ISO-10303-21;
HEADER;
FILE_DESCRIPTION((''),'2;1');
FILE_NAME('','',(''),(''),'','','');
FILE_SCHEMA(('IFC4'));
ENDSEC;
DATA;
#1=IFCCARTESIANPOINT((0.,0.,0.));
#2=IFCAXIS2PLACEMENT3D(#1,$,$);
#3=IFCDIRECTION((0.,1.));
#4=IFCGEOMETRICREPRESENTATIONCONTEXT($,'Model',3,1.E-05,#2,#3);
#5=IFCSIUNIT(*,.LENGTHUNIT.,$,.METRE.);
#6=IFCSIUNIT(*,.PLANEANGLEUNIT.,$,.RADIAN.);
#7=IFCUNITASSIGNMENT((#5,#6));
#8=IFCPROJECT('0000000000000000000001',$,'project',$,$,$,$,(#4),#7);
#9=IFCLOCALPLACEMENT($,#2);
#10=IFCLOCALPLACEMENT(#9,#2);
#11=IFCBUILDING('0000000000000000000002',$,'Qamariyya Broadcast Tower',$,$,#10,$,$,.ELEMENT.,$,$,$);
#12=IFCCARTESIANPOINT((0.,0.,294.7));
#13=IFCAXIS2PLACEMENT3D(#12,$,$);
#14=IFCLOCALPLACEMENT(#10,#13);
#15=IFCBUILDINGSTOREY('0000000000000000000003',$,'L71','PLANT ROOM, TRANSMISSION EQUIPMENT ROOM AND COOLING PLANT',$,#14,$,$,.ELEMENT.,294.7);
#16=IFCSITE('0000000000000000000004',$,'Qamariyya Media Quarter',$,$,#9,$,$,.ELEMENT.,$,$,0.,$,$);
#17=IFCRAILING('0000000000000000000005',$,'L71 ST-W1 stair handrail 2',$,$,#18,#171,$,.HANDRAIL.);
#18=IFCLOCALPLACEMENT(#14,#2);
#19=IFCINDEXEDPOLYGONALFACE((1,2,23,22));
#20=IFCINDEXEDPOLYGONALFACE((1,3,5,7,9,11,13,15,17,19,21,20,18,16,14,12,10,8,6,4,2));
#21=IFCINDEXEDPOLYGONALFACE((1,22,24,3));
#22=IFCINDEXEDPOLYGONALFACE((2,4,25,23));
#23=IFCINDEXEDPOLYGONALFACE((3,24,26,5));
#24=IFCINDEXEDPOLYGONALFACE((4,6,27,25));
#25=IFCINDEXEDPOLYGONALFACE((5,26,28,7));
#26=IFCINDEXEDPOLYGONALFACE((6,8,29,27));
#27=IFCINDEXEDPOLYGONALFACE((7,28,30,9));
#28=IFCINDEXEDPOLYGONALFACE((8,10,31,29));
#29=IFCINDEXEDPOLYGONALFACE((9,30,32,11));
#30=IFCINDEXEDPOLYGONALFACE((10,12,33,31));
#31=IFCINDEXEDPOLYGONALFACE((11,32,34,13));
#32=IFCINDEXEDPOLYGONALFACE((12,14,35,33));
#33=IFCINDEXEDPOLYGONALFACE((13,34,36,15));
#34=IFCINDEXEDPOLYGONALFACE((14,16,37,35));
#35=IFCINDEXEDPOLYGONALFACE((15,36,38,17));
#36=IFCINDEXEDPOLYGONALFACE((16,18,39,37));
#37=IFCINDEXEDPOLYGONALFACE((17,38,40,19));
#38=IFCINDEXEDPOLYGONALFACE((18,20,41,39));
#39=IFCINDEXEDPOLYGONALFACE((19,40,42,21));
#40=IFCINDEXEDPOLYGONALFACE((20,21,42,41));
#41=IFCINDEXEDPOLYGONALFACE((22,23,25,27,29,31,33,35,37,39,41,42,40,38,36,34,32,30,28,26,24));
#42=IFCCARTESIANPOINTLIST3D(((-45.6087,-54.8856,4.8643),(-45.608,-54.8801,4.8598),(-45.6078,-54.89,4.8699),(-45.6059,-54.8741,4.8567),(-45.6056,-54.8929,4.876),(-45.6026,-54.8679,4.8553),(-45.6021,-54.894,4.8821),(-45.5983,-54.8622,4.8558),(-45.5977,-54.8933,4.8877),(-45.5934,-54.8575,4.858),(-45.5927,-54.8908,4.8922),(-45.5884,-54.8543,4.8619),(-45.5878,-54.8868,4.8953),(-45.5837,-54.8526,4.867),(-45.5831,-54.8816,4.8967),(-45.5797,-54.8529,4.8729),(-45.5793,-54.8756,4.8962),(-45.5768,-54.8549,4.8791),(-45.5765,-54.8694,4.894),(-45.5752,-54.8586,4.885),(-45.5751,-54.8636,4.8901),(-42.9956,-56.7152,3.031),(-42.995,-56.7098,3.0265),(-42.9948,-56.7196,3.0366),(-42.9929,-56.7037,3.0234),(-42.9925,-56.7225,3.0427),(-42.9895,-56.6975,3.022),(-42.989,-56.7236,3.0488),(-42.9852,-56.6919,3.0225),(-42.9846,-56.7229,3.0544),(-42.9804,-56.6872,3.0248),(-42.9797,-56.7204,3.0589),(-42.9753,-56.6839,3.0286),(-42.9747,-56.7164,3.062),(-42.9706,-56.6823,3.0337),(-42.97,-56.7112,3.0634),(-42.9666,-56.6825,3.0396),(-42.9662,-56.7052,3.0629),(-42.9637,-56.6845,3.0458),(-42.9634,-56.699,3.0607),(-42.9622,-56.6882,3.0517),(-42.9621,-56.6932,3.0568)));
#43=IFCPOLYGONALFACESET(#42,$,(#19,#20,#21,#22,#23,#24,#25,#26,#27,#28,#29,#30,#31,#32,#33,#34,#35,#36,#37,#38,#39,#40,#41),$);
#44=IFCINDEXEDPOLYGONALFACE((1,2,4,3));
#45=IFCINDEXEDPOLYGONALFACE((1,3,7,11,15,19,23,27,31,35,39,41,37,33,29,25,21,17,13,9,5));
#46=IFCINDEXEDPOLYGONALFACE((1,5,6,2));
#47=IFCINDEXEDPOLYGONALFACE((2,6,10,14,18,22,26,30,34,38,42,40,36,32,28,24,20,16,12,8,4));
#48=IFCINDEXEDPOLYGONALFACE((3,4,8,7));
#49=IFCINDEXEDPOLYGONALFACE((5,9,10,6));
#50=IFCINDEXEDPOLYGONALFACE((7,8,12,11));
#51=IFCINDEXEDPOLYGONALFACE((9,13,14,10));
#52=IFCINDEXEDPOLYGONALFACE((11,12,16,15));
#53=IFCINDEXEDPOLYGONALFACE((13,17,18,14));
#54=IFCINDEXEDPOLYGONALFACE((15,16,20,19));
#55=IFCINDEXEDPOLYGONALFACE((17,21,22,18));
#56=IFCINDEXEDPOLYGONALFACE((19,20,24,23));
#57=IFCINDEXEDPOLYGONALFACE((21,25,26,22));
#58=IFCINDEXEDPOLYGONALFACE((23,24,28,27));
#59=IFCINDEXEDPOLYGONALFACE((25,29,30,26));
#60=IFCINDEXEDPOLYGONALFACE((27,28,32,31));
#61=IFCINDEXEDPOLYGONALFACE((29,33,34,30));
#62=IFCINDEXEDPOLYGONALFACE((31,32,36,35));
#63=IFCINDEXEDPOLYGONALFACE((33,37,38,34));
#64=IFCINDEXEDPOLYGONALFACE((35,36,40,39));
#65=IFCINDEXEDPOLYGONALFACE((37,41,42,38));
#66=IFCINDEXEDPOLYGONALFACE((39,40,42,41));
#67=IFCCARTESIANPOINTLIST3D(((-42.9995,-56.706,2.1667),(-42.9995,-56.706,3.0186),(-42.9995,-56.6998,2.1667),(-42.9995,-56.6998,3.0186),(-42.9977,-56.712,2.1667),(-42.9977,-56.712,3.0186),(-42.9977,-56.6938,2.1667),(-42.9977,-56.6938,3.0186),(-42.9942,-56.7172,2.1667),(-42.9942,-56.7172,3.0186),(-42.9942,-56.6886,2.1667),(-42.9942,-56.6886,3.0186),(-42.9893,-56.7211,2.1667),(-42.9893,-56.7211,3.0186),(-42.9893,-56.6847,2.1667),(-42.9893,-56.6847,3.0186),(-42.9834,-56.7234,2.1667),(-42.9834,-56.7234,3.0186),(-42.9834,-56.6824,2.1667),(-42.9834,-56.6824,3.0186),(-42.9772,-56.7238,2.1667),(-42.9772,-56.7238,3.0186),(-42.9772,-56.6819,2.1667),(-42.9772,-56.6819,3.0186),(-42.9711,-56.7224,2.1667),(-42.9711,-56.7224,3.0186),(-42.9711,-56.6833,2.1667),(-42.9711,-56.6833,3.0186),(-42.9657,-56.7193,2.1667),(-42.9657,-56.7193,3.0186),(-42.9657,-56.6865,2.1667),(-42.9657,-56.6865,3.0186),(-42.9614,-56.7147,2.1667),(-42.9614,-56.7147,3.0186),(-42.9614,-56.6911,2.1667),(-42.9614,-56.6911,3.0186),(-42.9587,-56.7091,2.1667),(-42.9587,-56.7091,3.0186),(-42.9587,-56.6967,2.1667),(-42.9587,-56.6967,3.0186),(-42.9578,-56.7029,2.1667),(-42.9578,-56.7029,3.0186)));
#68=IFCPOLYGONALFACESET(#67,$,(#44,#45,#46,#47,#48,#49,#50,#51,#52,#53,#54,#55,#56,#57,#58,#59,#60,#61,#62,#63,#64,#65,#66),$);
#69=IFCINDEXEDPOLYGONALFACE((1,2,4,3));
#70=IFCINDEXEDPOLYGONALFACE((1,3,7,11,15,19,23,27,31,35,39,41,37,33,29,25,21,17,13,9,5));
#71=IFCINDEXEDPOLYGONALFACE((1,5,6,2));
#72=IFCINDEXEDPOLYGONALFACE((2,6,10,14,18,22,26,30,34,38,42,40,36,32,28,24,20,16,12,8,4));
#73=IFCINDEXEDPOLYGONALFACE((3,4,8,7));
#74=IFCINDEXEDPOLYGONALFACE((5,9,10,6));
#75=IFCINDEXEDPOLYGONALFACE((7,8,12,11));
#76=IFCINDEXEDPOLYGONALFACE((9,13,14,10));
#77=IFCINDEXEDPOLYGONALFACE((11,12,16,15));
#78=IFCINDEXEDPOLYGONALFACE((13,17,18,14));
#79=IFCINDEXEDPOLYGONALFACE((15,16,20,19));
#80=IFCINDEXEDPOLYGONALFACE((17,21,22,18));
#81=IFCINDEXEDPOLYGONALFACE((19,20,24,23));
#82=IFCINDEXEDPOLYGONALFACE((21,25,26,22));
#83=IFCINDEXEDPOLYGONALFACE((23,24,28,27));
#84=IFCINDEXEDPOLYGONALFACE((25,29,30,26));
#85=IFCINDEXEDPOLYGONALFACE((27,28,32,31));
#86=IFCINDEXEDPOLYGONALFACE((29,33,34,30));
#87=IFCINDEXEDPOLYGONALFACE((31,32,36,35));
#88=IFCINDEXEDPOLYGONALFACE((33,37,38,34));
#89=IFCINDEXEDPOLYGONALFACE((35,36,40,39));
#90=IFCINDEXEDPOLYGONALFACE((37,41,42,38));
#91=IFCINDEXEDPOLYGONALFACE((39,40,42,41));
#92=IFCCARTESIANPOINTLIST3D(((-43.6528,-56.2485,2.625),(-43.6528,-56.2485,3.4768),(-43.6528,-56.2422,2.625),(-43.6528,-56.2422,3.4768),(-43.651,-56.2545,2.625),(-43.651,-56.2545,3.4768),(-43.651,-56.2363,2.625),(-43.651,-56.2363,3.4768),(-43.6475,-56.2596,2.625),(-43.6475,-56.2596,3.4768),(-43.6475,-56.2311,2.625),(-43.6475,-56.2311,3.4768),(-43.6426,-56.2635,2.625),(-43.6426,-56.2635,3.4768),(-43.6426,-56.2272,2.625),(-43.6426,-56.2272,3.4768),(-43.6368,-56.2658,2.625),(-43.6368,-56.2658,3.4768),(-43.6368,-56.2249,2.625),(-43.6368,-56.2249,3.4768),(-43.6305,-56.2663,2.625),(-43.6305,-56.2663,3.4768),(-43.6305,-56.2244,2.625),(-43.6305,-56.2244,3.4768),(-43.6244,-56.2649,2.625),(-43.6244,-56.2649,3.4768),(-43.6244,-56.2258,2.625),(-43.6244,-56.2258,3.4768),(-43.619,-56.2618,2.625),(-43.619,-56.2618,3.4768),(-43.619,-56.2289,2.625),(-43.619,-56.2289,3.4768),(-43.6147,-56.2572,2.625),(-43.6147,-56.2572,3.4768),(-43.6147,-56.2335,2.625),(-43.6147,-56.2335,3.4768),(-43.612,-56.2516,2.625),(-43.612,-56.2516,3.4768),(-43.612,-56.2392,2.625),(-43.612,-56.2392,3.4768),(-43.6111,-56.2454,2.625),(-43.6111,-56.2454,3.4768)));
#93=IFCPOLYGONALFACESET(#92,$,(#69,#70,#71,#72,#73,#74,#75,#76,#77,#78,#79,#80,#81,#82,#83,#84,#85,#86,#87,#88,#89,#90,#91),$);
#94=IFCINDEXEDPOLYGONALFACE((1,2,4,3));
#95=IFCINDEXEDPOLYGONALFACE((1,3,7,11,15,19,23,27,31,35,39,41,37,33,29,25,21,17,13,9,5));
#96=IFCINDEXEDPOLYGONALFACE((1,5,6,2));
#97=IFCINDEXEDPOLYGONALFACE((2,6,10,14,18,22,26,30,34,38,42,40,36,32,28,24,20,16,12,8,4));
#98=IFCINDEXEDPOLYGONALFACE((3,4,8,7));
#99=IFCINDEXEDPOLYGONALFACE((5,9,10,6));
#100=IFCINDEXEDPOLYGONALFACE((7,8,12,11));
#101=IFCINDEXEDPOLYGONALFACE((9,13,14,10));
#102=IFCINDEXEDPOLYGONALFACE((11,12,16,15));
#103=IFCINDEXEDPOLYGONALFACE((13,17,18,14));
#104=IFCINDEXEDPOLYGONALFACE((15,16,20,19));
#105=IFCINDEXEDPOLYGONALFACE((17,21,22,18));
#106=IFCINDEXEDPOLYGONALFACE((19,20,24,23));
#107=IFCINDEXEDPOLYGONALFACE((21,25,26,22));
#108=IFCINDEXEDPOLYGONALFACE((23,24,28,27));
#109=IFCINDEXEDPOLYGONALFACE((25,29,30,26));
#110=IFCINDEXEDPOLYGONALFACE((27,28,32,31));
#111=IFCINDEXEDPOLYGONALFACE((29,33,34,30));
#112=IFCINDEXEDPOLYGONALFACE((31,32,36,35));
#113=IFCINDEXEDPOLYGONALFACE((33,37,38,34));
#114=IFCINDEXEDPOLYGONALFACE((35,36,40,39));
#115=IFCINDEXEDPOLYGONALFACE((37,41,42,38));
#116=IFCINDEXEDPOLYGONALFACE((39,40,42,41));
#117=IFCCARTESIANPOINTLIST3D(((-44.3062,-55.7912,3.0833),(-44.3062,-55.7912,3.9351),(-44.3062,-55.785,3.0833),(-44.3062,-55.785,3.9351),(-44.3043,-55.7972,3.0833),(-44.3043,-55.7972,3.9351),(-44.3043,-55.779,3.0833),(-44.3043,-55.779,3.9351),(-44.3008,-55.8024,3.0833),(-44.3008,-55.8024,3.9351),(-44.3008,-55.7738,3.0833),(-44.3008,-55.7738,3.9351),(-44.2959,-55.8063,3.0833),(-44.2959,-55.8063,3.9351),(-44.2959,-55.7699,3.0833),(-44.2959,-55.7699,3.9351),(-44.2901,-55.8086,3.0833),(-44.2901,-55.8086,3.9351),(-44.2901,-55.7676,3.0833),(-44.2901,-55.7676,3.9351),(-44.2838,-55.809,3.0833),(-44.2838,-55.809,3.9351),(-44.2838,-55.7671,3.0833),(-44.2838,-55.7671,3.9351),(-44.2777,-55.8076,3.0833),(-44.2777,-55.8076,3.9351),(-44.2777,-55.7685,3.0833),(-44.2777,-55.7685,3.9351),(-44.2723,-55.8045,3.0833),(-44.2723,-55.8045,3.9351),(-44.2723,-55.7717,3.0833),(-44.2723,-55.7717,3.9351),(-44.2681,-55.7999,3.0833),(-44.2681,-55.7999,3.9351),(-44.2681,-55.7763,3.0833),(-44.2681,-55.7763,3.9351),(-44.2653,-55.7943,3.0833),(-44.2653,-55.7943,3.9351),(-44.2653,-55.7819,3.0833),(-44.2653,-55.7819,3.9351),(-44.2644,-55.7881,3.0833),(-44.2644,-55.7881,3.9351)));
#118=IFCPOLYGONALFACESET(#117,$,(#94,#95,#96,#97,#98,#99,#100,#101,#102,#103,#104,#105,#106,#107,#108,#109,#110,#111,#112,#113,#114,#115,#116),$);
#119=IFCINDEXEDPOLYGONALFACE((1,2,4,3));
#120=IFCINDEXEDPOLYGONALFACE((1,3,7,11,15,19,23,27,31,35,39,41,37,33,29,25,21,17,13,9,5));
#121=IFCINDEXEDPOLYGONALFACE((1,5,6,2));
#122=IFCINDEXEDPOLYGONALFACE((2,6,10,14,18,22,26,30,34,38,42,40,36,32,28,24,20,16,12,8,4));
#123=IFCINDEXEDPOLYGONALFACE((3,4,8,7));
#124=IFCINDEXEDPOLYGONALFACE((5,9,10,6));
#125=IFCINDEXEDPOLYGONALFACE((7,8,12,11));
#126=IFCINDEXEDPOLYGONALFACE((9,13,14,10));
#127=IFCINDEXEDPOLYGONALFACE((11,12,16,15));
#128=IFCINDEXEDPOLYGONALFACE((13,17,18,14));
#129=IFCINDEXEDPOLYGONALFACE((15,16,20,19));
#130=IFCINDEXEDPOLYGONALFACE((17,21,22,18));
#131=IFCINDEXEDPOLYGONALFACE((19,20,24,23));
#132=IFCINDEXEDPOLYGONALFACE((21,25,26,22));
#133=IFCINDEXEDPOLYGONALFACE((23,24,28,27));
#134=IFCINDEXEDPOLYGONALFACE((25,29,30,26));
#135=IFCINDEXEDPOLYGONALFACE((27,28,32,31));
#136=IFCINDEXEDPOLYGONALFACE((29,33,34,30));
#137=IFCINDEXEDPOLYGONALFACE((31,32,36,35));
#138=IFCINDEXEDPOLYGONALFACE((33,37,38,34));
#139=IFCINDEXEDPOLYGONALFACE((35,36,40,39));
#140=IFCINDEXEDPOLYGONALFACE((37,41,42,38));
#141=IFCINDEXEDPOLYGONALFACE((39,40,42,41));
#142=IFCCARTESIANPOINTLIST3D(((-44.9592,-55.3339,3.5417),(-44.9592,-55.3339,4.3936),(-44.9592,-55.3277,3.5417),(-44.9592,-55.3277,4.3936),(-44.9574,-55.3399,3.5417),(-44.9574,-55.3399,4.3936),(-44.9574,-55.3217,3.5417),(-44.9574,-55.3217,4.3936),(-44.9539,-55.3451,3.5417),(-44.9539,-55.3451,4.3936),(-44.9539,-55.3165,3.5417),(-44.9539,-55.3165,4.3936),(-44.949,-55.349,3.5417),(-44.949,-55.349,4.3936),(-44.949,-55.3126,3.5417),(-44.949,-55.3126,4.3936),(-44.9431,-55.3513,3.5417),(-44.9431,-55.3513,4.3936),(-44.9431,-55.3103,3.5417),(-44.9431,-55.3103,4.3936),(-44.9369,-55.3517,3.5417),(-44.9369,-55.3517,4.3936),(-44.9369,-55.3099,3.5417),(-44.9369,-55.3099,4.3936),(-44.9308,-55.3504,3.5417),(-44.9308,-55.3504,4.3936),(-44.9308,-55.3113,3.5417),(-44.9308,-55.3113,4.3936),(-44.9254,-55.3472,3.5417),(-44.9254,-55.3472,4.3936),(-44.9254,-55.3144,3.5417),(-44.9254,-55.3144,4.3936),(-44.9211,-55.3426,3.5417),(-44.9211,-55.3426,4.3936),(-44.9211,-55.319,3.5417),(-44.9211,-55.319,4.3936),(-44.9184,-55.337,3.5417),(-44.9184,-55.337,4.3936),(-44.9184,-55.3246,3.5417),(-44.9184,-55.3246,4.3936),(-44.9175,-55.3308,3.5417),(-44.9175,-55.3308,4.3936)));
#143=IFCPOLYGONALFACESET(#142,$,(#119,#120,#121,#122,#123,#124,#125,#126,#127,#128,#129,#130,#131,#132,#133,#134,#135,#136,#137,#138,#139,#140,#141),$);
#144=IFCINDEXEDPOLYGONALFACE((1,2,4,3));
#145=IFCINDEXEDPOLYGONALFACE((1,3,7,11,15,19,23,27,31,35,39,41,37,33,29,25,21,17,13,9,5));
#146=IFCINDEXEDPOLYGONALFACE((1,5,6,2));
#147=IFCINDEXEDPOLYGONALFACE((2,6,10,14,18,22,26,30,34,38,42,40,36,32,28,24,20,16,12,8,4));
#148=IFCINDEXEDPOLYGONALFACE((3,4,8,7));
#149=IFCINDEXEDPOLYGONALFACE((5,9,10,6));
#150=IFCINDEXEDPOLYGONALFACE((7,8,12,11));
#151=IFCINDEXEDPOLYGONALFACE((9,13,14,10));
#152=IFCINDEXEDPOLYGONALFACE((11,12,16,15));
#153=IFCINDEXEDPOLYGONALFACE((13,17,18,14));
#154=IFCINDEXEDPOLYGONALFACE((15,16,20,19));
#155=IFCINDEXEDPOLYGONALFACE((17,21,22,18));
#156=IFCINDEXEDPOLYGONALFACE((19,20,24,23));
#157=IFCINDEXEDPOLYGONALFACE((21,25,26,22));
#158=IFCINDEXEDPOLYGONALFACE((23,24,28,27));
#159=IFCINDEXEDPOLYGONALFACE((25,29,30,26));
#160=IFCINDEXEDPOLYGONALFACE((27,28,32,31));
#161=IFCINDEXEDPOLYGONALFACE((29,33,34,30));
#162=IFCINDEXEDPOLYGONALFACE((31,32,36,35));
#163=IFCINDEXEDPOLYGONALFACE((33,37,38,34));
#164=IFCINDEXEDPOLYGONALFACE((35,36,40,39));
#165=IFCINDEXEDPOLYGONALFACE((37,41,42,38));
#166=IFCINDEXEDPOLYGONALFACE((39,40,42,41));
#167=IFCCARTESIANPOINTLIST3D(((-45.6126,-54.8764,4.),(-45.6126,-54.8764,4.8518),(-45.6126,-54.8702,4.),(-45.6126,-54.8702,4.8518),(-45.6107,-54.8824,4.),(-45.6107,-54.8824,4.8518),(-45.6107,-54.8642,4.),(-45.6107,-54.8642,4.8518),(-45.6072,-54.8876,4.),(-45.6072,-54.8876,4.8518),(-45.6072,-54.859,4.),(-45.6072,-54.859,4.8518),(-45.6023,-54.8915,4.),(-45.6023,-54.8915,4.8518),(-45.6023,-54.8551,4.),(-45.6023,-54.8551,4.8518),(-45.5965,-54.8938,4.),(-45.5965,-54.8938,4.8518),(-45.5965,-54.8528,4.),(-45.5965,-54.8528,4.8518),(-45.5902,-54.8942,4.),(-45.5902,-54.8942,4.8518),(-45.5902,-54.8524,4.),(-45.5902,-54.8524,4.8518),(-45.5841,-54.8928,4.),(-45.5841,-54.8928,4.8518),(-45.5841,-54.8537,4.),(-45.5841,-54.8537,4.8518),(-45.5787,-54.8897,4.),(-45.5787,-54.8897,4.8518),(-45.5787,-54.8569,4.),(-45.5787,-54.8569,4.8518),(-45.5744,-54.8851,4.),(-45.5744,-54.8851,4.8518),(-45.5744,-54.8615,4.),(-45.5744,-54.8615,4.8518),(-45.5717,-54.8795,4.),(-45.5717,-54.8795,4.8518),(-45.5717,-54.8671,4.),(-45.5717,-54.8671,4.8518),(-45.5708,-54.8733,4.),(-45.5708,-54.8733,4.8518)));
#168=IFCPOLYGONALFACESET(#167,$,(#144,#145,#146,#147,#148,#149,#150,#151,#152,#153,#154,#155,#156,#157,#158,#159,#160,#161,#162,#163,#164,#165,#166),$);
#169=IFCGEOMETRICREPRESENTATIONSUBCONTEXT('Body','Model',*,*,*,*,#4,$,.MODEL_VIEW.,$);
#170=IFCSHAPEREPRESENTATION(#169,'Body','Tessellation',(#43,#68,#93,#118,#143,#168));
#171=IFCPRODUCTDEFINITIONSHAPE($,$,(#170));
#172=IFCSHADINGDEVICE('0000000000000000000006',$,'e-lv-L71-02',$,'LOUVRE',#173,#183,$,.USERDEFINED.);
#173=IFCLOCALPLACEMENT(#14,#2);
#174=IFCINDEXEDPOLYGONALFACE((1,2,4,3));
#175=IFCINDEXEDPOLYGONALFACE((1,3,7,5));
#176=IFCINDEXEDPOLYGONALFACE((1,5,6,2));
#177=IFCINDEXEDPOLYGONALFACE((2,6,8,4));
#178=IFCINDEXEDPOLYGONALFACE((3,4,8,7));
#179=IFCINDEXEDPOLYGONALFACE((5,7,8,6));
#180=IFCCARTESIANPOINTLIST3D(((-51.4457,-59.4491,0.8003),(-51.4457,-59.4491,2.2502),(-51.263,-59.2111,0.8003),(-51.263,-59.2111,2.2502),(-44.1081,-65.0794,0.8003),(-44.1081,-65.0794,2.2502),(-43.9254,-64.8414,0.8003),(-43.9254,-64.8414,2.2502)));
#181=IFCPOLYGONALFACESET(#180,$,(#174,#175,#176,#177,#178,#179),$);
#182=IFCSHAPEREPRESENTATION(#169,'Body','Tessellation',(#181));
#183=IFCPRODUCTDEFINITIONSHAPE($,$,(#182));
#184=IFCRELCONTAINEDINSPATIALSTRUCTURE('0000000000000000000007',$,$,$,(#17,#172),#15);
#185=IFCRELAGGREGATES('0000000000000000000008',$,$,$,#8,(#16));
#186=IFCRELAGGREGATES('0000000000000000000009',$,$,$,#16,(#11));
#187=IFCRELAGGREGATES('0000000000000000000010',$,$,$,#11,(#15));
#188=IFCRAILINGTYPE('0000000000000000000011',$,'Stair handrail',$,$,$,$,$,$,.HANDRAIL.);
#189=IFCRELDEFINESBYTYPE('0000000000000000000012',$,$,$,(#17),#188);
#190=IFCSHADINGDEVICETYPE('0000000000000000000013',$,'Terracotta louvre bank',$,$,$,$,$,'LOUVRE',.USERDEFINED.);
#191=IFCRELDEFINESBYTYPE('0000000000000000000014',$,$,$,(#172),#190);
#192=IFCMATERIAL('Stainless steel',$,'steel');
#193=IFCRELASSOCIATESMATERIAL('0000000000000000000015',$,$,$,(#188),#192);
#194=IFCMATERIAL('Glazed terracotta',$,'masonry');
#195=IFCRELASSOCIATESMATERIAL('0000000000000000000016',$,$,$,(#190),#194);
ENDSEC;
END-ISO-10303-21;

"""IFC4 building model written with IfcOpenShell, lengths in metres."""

from ifc_helpers import new_model, si_unit, direction, frame, origin, origin_2d, place, context, subcontext, project, spatial, rectangle, circle, extrude, material, type_object, element, save


model = new_model("IFC4")

# Units and contexts
model_context = context("Model", 3, precision=1e-05, world=origin(), true_north=direction((0.0, 1.0)))
body_context = subcontext(model_context, "Body", "Model", "MODEL_VIEW")
ifc_project = project(units=[si_unit("LENGTHUNIT", "METRE"), si_unit("PLANEANGLEUNIT", "RADIAN")], contexts=[model_context])

# Site, building, storey
site_placement = place(None, origin())
site = spatial("IfcSite", under=ifc_project, at=site_placement, Name="Qamariyya Media Quarter", CompositionType="ELEMENT", RefElevation=0.0)
building_placement = place(site_placement, origin())
building = spatial("IfcBuilding", under=site, at=building_placement, Name="Qamariyya Broadcast Tower", CompositionType="ELEMENT")
storey_placement = place(building_placement, frame((0.0, 0.0, 294.7)))
storey = spatial("IfcBuildingStorey", under=building, at=storey_placement, Name="L71", Description="PLANT ROOM, TRANSMISSION EQUIPMENT ROOM AND COOLING PLANT", CompositionType="ELEMENT", Elevation=294.7)

# Railing
ifc_material_1 = material(Name="Stainless steel", Category="steel")
railing_type_1 = type_object("IfcRailingType", Name="Stair handrail", PredefinedType="HANDRAIL", material=ifc_material_1)
railing_1_placement = place(storey_placement, frame((-42.9788, -56.7029, 2.1667)))
element("IfcRailing", 1, at=railing_1_placement, inside=storey, type_object=railing_type_1, Name="L71 ST-W1 stair handrail 2", PredefinedType="HANDRAIL", context=body_context, shape_type="SweptSolid", body=[
    extrude(circle(Radius=0.0239, at=origin_2d()), frame((0.0, 0.0, 0.876), z_axis=(-0.710228, 0.497285, 0.498281), x_axis=(-0.57356, -0.819164, 0.0)), (0.0, 0.0, 1.0), 3.6792),
    extrude(circle(Radius=0.021, at=origin_2d()), origin(), (0.0, 0.0, 1.0), 0.8518),
    extrude(circle(Radius=0.021, at=origin_2d()), frame((-0.6533, 0.4575, 0.4583)), (0.0, 0.0, 1.0), 0.8518),
    extrude(circle(Radius=0.021, at=origin_2d()), frame((-1.3066, 0.9148, 0.9165)), (0.0, 0.0, 1.0), 0.8518),
    extrude(circle(Radius=0.021, at=origin_2d()), frame((-1.9597, 1.3721, 1.375)), (0.0, 0.0, 1.0), 0.8518),
    extrude(circle(Radius=0.021, at=origin_2d()), frame((-2.613, 1.8296, 1.8333)), (0.0, 0.0, 1.0), 0.8518),
])

# Shading device
ifc_material_2 = material(Name="Glazed terracotta", Category="masonry")
shading_device_type = type_object("IfcShadingDeviceType", Name="Terracotta louvre bank", ElementType="LOUVRE", PredefinedType="USERDEFINED", material=ifc_material_2)
shading_device_placement = place(storey_placement, frame((-47.6855, -62.1453, 0.8003), z_axis=(0.0, 0.0, 1.0), x_axis=(0.793353, -0.608761, 0.0)))
element("IfcShadingDevice", 2, at=shading_device_placement, inside=storey, type_object=shading_device_type, Name="e-lv-L71-02", ObjectType="LOUVRE", PredefinedType="USERDEFINED", context=body_context, shape_type="SweptSolid", body=[
    extrude(rectangle(XDim=9.2488, YDim=0.3, at=origin_2d()), origin(), (0.0, 0.0, 1.0), 1.45),
])

save(model, "model.ifc")
